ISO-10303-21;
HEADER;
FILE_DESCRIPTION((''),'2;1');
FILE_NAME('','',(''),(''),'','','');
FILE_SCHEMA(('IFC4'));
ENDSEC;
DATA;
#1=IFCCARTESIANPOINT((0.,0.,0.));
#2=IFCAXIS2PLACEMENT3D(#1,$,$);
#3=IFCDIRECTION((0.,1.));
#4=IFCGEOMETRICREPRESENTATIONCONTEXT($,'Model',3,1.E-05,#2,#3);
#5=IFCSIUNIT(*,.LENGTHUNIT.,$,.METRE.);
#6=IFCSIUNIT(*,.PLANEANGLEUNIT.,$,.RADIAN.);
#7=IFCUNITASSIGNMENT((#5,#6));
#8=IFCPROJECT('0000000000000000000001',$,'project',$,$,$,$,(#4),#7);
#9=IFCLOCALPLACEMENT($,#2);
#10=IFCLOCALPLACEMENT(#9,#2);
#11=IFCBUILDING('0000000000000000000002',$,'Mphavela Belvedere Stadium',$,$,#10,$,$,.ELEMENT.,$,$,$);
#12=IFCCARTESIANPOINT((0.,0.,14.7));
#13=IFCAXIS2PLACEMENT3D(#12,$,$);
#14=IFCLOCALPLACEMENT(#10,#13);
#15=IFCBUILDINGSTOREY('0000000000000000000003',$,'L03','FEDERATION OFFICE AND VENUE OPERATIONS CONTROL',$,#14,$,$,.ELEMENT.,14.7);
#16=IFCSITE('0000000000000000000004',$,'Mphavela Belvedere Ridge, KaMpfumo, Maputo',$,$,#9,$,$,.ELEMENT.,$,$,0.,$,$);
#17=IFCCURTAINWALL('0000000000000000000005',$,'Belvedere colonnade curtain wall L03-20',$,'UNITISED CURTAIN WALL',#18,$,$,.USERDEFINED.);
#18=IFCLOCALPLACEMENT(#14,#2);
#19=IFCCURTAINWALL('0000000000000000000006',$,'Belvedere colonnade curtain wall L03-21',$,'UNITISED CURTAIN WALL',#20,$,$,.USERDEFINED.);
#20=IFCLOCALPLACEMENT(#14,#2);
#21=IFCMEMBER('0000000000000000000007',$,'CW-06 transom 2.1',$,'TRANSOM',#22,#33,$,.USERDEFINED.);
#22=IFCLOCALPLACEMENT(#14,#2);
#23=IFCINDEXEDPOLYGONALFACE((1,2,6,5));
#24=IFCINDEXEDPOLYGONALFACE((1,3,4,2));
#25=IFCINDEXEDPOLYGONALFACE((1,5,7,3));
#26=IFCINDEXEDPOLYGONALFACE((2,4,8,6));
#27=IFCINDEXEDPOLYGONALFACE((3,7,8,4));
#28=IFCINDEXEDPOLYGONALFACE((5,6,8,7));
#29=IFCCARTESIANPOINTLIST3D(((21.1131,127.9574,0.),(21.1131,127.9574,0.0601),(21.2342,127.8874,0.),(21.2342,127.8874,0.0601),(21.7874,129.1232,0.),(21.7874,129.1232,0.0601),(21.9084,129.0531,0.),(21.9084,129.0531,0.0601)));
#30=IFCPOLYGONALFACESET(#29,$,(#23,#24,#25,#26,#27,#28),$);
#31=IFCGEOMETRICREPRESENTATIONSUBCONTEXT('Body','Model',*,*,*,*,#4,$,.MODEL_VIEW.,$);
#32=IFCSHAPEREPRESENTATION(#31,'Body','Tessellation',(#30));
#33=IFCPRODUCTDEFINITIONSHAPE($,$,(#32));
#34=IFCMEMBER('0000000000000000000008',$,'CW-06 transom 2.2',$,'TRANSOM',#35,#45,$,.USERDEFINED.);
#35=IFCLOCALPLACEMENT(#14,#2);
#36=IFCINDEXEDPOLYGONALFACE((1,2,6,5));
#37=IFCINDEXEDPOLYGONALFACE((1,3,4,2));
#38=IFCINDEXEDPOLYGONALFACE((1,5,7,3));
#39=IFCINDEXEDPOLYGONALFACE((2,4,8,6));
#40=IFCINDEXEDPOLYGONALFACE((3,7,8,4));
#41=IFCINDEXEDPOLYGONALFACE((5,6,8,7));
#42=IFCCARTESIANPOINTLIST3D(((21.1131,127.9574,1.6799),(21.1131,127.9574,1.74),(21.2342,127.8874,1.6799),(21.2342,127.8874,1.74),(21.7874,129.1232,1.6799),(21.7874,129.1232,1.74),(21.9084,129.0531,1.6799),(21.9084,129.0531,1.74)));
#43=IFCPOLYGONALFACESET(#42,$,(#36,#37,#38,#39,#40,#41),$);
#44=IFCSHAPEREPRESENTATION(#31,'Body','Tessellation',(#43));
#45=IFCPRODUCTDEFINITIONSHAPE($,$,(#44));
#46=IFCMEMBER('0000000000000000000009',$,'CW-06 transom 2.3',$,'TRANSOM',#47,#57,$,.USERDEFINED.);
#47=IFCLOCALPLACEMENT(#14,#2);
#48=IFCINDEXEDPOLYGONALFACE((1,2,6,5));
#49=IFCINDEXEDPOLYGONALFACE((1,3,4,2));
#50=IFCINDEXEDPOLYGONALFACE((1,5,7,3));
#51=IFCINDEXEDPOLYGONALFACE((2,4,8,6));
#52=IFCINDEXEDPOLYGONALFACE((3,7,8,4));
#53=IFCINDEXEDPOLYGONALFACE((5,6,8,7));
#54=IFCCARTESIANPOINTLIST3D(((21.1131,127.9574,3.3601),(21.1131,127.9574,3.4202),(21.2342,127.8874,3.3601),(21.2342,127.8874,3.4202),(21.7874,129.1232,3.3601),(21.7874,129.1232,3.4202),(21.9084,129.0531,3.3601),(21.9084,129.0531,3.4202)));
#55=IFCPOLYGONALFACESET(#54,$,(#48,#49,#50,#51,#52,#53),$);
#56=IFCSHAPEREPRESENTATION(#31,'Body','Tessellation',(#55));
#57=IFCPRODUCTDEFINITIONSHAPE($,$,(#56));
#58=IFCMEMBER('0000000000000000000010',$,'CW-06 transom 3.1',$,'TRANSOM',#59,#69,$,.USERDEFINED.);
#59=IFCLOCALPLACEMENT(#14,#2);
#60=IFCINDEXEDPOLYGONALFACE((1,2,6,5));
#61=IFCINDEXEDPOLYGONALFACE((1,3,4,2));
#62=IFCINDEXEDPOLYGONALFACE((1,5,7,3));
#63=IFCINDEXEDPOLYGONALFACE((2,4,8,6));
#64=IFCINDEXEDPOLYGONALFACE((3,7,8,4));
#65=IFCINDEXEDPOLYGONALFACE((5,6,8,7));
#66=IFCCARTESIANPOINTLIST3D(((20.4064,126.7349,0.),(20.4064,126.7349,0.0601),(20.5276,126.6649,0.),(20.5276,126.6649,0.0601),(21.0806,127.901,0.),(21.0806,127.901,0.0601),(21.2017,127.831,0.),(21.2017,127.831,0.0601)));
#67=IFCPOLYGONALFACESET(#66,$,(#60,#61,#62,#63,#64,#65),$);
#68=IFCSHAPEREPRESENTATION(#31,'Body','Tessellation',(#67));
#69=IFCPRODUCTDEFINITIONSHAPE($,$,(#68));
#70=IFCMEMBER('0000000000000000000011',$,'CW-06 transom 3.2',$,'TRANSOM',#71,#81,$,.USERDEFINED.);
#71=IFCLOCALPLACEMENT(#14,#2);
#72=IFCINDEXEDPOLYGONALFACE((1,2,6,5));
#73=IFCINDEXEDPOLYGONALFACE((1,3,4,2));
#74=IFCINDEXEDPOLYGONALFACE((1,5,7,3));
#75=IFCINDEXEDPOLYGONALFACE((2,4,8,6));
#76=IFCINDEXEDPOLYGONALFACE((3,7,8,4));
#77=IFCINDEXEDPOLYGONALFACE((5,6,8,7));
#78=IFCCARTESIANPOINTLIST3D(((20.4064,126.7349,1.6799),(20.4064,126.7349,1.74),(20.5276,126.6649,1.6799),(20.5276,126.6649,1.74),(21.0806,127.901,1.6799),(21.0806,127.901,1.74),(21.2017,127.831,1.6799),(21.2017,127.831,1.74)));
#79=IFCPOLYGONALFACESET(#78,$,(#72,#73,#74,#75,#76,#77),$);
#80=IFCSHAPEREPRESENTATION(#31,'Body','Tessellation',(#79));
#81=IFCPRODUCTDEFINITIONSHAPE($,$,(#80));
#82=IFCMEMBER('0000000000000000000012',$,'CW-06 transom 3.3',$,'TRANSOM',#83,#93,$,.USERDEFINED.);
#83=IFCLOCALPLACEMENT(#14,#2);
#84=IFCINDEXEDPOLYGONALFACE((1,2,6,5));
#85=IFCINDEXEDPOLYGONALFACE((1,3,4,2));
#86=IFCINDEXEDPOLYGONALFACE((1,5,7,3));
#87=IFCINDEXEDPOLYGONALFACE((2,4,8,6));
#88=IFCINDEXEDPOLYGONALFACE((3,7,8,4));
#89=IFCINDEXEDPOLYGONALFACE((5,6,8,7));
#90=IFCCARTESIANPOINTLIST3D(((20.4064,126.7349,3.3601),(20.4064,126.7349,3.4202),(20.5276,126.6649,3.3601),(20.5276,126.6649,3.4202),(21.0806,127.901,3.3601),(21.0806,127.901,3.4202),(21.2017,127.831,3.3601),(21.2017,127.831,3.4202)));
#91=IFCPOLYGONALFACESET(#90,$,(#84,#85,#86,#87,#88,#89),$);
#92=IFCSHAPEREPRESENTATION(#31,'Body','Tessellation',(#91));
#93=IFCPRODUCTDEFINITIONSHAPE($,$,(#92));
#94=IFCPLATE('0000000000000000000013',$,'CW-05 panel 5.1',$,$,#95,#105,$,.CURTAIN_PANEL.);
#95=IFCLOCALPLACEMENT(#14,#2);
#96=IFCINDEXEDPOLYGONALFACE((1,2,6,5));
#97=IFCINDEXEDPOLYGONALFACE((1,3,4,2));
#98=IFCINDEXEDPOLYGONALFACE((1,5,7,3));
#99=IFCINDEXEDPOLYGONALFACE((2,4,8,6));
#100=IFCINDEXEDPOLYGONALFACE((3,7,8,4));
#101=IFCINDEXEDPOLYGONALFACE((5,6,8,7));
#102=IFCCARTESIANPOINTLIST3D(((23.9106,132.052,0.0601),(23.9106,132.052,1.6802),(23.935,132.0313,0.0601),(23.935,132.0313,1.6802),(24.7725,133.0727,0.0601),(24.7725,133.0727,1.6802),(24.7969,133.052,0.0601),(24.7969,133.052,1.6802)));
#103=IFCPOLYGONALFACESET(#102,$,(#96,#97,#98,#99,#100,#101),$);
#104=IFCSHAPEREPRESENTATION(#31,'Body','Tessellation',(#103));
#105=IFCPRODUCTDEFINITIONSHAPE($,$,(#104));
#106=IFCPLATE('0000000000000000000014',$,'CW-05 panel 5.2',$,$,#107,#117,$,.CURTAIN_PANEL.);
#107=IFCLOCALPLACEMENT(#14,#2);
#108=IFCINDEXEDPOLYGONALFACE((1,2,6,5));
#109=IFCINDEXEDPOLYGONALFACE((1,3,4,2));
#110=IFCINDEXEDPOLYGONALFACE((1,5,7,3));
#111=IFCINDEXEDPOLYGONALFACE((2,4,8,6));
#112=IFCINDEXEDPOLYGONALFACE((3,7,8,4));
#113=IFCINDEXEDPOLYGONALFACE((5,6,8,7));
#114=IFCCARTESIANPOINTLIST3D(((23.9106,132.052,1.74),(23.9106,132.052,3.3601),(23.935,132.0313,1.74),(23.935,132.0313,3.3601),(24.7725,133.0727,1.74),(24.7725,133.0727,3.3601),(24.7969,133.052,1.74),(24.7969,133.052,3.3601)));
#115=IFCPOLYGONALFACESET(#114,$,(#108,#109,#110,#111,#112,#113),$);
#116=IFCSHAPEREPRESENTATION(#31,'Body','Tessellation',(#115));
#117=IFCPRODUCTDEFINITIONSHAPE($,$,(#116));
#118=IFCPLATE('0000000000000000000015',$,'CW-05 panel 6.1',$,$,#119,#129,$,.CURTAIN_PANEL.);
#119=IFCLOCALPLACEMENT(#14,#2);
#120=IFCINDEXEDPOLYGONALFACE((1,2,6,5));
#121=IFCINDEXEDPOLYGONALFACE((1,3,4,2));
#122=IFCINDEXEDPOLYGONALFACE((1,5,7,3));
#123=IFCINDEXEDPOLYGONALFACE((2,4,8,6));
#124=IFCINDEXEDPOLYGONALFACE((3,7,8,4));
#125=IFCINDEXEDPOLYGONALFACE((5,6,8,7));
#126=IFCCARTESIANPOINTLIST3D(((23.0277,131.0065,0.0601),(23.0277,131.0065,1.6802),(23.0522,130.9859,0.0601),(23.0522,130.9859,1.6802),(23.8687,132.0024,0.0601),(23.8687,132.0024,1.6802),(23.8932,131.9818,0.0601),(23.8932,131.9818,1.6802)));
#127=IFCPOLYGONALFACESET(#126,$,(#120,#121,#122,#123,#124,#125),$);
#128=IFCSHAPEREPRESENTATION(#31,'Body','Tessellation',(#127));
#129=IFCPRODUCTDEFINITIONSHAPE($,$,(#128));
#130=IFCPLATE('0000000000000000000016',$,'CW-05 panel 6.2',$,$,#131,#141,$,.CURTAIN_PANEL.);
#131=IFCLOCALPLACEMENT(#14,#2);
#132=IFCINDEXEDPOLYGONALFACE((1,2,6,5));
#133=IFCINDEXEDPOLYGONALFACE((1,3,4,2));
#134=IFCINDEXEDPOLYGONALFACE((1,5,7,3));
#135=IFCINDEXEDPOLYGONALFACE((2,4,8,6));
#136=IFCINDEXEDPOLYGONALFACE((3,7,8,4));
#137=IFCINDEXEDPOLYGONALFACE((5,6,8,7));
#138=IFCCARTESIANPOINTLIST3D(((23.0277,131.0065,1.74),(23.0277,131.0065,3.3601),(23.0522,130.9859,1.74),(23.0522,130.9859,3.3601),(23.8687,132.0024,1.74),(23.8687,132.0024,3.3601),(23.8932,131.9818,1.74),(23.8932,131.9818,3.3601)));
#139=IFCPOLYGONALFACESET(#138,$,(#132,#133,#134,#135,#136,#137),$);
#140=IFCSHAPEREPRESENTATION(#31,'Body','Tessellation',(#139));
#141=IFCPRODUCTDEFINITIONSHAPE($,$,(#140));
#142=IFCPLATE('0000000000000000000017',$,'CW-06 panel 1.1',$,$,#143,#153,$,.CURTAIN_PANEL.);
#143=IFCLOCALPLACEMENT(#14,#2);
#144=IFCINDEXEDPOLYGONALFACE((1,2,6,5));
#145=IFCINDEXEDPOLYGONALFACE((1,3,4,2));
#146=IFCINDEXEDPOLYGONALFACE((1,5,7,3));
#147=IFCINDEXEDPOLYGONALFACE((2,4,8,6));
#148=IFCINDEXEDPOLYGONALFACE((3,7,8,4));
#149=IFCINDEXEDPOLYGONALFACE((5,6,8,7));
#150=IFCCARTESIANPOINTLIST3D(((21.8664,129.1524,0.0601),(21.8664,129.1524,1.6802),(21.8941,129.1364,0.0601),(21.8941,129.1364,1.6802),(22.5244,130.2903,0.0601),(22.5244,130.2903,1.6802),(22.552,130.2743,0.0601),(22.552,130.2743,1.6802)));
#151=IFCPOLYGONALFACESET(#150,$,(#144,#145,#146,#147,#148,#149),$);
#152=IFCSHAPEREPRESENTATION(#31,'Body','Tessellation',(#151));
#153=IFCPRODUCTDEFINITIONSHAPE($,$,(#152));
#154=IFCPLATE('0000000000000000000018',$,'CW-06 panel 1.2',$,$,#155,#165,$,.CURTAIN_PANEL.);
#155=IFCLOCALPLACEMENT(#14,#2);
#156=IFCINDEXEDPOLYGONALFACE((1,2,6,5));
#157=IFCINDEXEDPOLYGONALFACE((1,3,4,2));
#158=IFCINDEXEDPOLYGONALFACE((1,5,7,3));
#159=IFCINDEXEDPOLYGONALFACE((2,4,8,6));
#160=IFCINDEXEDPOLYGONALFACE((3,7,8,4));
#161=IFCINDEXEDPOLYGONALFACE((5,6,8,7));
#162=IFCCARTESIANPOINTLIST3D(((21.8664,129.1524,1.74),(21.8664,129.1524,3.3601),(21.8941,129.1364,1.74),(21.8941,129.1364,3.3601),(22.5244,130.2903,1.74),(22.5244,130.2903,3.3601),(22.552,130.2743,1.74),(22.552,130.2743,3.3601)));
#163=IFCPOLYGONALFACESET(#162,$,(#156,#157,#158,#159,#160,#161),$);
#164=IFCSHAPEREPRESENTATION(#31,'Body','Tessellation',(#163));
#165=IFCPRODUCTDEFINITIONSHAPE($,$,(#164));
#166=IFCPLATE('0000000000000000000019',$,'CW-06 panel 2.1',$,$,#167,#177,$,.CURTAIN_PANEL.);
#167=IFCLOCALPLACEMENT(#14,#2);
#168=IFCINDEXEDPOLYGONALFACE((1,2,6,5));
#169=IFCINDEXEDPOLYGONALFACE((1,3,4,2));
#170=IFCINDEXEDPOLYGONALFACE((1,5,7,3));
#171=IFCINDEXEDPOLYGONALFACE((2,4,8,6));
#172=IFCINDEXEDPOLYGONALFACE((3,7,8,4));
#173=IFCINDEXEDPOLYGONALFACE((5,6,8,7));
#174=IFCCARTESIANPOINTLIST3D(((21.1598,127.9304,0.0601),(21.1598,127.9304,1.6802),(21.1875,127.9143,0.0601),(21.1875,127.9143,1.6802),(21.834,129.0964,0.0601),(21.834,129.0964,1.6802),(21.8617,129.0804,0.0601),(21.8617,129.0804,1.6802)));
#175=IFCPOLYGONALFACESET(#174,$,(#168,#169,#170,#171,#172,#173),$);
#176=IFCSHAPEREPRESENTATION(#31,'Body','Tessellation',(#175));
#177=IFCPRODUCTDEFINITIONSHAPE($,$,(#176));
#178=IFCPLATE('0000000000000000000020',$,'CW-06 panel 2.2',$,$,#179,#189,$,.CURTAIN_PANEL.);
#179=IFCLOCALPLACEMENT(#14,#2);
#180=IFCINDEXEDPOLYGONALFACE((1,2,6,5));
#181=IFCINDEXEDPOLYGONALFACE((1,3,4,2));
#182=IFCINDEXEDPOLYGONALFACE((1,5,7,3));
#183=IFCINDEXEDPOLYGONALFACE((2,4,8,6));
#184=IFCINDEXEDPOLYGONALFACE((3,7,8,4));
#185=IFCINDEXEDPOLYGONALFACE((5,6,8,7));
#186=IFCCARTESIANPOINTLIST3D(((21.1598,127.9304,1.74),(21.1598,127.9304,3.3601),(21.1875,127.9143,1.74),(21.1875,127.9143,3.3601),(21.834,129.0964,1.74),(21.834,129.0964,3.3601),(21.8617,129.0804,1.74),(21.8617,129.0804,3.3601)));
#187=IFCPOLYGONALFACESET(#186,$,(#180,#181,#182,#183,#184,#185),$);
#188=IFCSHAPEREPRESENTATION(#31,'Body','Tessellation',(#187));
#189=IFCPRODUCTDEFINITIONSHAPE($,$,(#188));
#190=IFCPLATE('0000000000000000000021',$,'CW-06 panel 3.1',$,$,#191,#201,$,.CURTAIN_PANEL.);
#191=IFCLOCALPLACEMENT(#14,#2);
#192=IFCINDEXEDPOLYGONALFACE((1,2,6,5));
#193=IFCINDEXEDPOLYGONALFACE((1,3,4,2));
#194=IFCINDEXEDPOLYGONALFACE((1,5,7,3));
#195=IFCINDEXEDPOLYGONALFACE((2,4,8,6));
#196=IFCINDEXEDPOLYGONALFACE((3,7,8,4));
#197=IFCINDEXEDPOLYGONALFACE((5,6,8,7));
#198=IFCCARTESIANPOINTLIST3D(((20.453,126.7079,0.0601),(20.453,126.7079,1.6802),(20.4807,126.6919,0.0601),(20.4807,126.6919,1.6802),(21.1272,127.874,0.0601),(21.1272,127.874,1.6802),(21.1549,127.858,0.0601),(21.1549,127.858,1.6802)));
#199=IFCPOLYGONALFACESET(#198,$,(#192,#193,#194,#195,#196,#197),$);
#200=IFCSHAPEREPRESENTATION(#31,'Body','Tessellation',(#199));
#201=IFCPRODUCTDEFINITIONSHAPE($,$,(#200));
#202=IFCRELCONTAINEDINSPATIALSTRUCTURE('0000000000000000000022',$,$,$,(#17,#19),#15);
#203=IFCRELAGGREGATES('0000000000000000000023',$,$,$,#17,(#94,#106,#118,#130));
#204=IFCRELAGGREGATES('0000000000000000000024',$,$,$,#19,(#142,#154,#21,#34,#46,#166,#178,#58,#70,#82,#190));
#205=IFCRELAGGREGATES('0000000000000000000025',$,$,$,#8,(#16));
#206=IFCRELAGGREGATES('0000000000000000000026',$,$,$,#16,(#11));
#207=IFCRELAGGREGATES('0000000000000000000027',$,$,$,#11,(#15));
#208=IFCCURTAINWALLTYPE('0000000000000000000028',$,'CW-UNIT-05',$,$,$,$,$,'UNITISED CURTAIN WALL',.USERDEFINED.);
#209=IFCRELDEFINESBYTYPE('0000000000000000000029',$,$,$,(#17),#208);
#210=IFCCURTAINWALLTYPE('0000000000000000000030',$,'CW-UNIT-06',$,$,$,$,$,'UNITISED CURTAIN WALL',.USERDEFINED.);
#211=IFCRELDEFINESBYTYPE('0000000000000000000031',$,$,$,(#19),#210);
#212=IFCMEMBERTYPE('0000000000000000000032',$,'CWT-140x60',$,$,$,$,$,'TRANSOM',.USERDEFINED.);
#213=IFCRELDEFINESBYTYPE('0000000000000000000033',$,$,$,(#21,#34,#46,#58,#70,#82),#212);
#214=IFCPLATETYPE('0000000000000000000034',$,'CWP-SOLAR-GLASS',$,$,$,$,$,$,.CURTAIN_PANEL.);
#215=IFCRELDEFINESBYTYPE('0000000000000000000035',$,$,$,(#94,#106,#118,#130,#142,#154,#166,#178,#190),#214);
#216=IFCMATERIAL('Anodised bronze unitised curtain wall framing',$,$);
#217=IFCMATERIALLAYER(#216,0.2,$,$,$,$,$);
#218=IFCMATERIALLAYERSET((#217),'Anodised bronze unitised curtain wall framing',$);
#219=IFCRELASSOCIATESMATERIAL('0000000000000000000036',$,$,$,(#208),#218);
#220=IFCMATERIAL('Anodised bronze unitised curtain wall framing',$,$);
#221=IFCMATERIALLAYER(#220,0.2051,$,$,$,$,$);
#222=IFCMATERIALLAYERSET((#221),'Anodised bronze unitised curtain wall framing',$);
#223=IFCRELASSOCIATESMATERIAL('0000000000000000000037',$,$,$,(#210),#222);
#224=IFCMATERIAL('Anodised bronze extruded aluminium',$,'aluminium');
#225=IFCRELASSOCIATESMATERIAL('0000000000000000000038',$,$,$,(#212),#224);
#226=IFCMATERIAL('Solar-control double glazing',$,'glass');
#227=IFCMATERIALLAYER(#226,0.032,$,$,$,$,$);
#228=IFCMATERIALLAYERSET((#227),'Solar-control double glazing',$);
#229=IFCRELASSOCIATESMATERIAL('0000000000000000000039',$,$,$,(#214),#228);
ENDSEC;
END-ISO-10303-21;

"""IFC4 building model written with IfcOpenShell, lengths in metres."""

from ifc_helpers import new_model, si_unit, direction, frame, origin, origin_2d, place, context, subcontext, project, spatial, rectangle, extrude, material, layer, layer_set, material_profile, profile_set, type_object, element, aggregate, save


model = new_model("IFC4")

# Units and contexts
model_context = context("Model", 3, precision=1e-05, world=origin(), true_north=direction((0.0, 1.0)))
body_context = subcontext(model_context, "Body", "Model", "MODEL_VIEW")
ifc_project = project(units=[si_unit("LENGTHUNIT", "METRE"), si_unit("PLANEANGLEUNIT", "RADIAN")], contexts=[model_context])

# Site, building, storey
site_placement = place(None, origin())
site = spatial("IfcSite", under=ifc_project, at=site_placement, Name="Mphavela Belvedere Ridge, KaMpfumo, Maputo", CompositionType="ELEMENT", RefElevation=0.0)
building_placement = place(site_placement, origin())
building = spatial("IfcBuilding", under=site, at=building_placement, Name="Mphavela Belvedere Stadium", CompositionType="ELEMENT")
storey_placement = place(building_placement, frame((0.0, 0.0, 14.7)))
storey = spatial("IfcBuildingStorey", under=building, at=storey_placement, Name="L03", Description="FEDERATION OFFICE AND VENUE OPERATIONS CONTROL", CompositionType="ELEMENT", Elevation=14.7)

# Curtain walls
ifc_material_1 = material(Name="Anodised bronze unitised curtain wall framing")
ifc_layer_1 = layer(ifc_material_1, 0.2)
ifc_layer_set_1 = layer_set([ifc_layer_1], Name="Anodised bronze unitised curtain wall framing")
curtain_wall_type_1 = type_object("IfcCurtainWallType", Name="CW-UNIT-05", ElementType="UNITISED CURTAIN WALL", PredefinedType="USERDEFINED", material=ifc_layer_set_1)
curtain_wall_1_placement = place(storey_placement, origin())
curtain_wall_1 = element("IfcCurtainWall", 1, at=curtain_wall_1_placement, inside=storey, type_object=curtain_wall_type_1, Name="Belvedere colonnade curtain wall L03-20", ObjectType="UNITISED CURTAIN WALL", PredefinedType="USERDEFINED")
ifc_material_2 = material(Name="Anodised bronze unitised curtain wall framing")
ifc_layer_2 = layer(ifc_material_2, 0.2051)
ifc_layer_set_2 = layer_set([ifc_layer_2], Name="Anodised bronze unitised curtain wall framing")
curtain_wall_type_2 = type_object("IfcCurtainWallType", Name="CW-UNIT-06", ElementType="UNITISED CURTAIN WALL", PredefinedType="USERDEFINED", material=ifc_layer_set_2)
curtain_wall_2_placement = place(storey_placement, origin())
curtain_wall_2 = element("IfcCurtainWall", 2, at=curtain_wall_2_placement, inside=storey, type_object=curtain_wall_type_2, Name="Belvedere colonnade curtain wall L03-21", ObjectType="UNITISED CURTAIN WALL", PredefinedType="USERDEFINED")

# Members
ifc_material_3 = material(Name="Anodised bronze extruded aluminium", Category="aluminium")
ifc_material_profile_1 = material_profile(ifc_material_3, rectangle(XDim=0.1399, YDim=0.0601, at=origin_2d()), Name="CW-TRN 140x60")
ifc_profile_set_1 = profile_set([ifc_material_profile_1], Name="Anodised bronze extruded aluminium")
member_type_1 = type_object("IfcMemberType", Name="CWT-140x60", ElementType="TRANSOM", PredefinedType="USERDEFINED", material=ifc_profile_set_1)
member_1_placement = place(storey_placement, frame((21.8479, 129.0881, 0.03), z_axis=(-0.5007, -0.865621, 0.0), x_axis=(0.865621, -0.5007, 0.0)))
member_1 = element("IfcMember", 3, at=member_1_placement, type_object=member_type_1, Name="CW-06 transom 2.1", ObjectType="TRANSOM", PredefinedType="USERDEFINED", context=body_context, shape_type="SweptSolid", body=[
    extrude(rectangle(XDim=0.1399, YDim=0.0601, at=origin_2d()), origin(), (0.0, 0.0, 1.0), 1.3467),
])
member_2_placement = place(storey_placement, frame((21.8479, 129.0881, 1.71), z_axis=(-0.5007, -0.865621, 0.0), x_axis=(0.865621, -0.5007, 0.0)))
member_2 = element("IfcMember", 4, at=member_2_placement, type_object=member_type_1, Name="CW-06 transom 2.2", ObjectType="TRANSOM", PredefinedType="USERDEFINED", context=body_context, shape_type="SweptSolid", body=[
    extrude(rectangle(XDim=0.1399, YDim=0.0601, at=origin_2d()), origin(), (0.0, 0.0, 1.0), 1.3467),
])
member_3_placement = place(storey_placement, frame((21.8479, 129.0881, 3.3901), z_axis=(-0.5007, -0.865621, 0.0), x_axis=(0.865621, -0.5007, 0.0)))
member_3 = element("IfcMember", 5, at=member_3_placement, type_object=member_type_1, Name="CW-06 transom 2.3", ObjectType="TRANSOM", PredefinedType="USERDEFINED", context=body_context, shape_type="SweptSolid", body=[
    extrude(rectangle(XDim=0.1399, YDim=0.0601, at=origin_2d()), origin(), (0.0, 0.0, 1.0), 1.3467),
])
member_4_placement = place(storey_placement, frame((21.1411, 127.866, 0.03), z_axis=(-0.500486, -0.865745, 0.0), x_axis=(0.865745, -0.500486, 0.0)))
member_4 = element("IfcMember", 6, at=member_4_placement, type_object=member_type_1, Name="CW-06 transom 3.1", ObjectType="TRANSOM", PredefinedType="USERDEFINED", context=body_context, shape_type="SweptSolid", body=[
    extrude(rectangle(XDim=0.1399, YDim=0.0601, at=origin_2d()), origin(), (0.0, 0.0, 1.0), 1.3469),
])
member_5_placement = place(storey_placement, frame((21.1411, 127.866, 1.71), z_axis=(-0.500486, -0.865745, 0.0), x_axis=(0.865745, -0.500486, 0.0)))
member_5 = element("IfcMember", 7, at=member_5_placement, type_object=member_type_1, Name="CW-06 transom 3.2", ObjectType="TRANSOM", PredefinedType="USERDEFINED", context=body_context, shape_type="SweptSolid", body=[
    extrude(rectangle(XDim=0.1399, YDim=0.0601, at=origin_2d()), origin(), (0.0, 0.0, 1.0), 1.3469),
])
member_6_placement = place(storey_placement, frame((21.1411, 127.866, 3.3901), z_axis=(-0.500486, -0.865745, 0.0), x_axis=(0.865745, -0.500486, 0.0)))
member_6 = element("IfcMember", 8, at=member_6_placement, type_object=member_type_1, Name="CW-06 transom 3.3", ObjectType="TRANSOM", PredefinedType="USERDEFINED", context=body_context, shape_type="SweptSolid", body=[
    extrude(rectangle(XDim=0.1399, YDim=0.0601, at=origin_2d()), origin(), (0.0, 0.0, 1.0), 1.3469),
])

# Plates
ifc_material_4 = material(Name="Solar-control double glazing", Category="glass")
ifc_layer_3 = layer(ifc_material_4, 0.032)
ifc_layer_set_3 = layer_set([ifc_layer_3], Name="Solar-control double glazing")
plate_type = type_object("IfcPlateType", Name="CWP-SOLAR-GLASS", PredefinedType="CURTAIN_PANEL", material=ifc_layer_set_3)
plate_1_placement = place(storey_placement, frame((24.3538, 132.552, 0.0601), z_axis=(0.0, 0.0, 1.0), x_axis=(-0.645179, -0.764031, 0.0)))
plate_1 = element("IfcPlate", 9, at=plate_1_placement, type_object=plate_type, Name="CW-05 panel 5.1", PredefinedType="CURTAIN_PANEL", context=body_context, shape_type="SweptSolid", body=[
    extrude(rectangle(XDim=1.3359, YDim=0.032, at=origin_2d()), origin(), (0.0, 0.0, 1.0), 1.6201),
])
plate_2_placement = place(storey_placement, frame((24.3538, 132.552, 1.74), z_axis=(0.0, 0.0, 1.0), x_axis=(-0.645179, -0.764031, 0.0)))
plate_2 = element("IfcPlate", 10, at=plate_2_placement, type_object=plate_type, Name="CW-05 panel 5.2", PredefinedType="CURTAIN_PANEL", context=body_context, shape_type="SweptSolid", body=[
    extrude(rectangle(XDim=1.3359, YDim=0.032, at=origin_2d()), origin(), (0.0, 0.0, 1.0), 1.6201),
])
plate_3_placement = place(storey_placement, frame((23.4604, 131.4941, 0.0601), z_axis=(0.0, 0.0, 1.0), x_axis=(-0.645179, -0.764031, 0.0)))
plate_3 = element("IfcPlate", 11, at=plate_3_placement, type_object=plate_type, Name="CW-05 panel 6.1", PredefinedType="CURTAIN_PANEL", context=body_context, shape_type="SweptSolid", body=[
    extrude(rectangle(XDim=1.3035, YDim=0.032, at=origin_2d()), origin(), (0.0, 0.0, 1.0), 1.6201),
])
plate_4_placement = place(storey_placement, frame((23.4604, 131.4941, 1.74), z_axis=(0.0, 0.0, 1.0), x_axis=(-0.645179, -0.764031, 0.0)))
plate_4 = element("IfcPlate", 12, at=plate_4_placement, type_object=plate_type, Name="CW-05 panel 6.2", PredefinedType="CURTAIN_PANEL", context=body_context, shape_type="SweptSolid", body=[
    extrude(rectangle(XDim=1.3035, YDim=0.032, at=origin_2d()), origin(), (0.0, 0.0, 1.0), 1.6201),
])
aggregate(curtain_wall_1, [plate_1, plate_2, plate_3, plate_4])
plate_5_placement = place(storey_placement, frame((22.2092, 129.7134, 0.0601), z_axis=(0.0, 0.0, 1.0), x_axis=(-0.500554, -0.865705, 0.0)))
plate_5 = element("IfcPlate", 13, at=plate_5_placement, type_object=plate_type, Name="CW-06 panel 1.1", PredefinedType="CURTAIN_PANEL", context=body_context, shape_type="SweptSolid", body=[
    extrude(rectangle(XDim=1.3145, YDim=0.032, at=origin_2d()), origin(), (0.0, 0.0, 1.0), 1.6201),
])
plate_6_placement = place(storey_placement, frame((22.2092, 129.7134, 1.74), z_axis=(0.0, 0.0, 1.0), x_axis=(-0.500554, -0.865705, 0.0)))
plate_6 = element("IfcPlate", 14, at=plate_6_placement, type_object=plate_type, Name="CW-06 panel 1.2", PredefinedType="CURTAIN_PANEL", context=body_context, shape_type="SweptSolid", body=[
    extrude(rectangle(XDim=1.3145, YDim=0.032, at=origin_2d()), origin(), (0.0, 0.0, 1.0), 1.6201),
])
plate_7_placement = place(storey_placement, frame((21.5107, 128.5054, 0.0601), z_axis=(0.0, 0.0, 1.0), x_axis=(-0.500554, -0.865705, 0.0)))
plate_7 = element("IfcPlate", 15, at=plate_7_placement, type_object=plate_type, Name="CW-06 panel 2.1", PredefinedType="CURTAIN_PANEL", context=body_context, shape_type="SweptSolid", body=[
    extrude(rectangle(XDim=1.3469, YDim=0.032, at=origin_2d()), origin(), (0.0, 0.0, 1.0), 1.6201),
])
plate_8_placement = place(storey_placement, frame((21.5107, 128.5054, 1.74), z_axis=(0.0, 0.0, 1.0), x_axis=(-0.500554, -0.865705, 0.0)))
plate_8 = element("IfcPlate", 16, at=plate_8_placement, type_object=plate_type, Name="CW-06 panel 2.2", PredefinedType="CURTAIN_PANEL", context=body_context, shape_type="SweptSolid", body=[
    extrude(rectangle(XDim=1.3469, YDim=0.032, at=origin_2d()), origin(), (0.0, 0.0, 1.0), 1.6201),
])
plate_9_placement = place(storey_placement, frame((20.804, 127.283, 0.0601), z_axis=(0.0, 0.0, 1.0), x_axis=(-0.500554, -0.865705, 0.0)))
plate_9 = element("IfcPlate", 17, at=plate_9_placement, type_object=plate_type, Name="CW-06 panel 3.1", PredefinedType="CURTAIN_PANEL", context=body_context, shape_type="SweptSolid", body=[
    extrude(rectangle(XDim=1.3469, YDim=0.032, at=origin_2d()), origin(), (0.0, 0.0, 1.0), 1.6201),
])
aggregate(curtain_wall_2, [plate_5, plate_6, member_1, member_2, member_3, plate_7, plate_8, member_4, member_5, member_6, plate_9])

save(model, "model.ifc")
